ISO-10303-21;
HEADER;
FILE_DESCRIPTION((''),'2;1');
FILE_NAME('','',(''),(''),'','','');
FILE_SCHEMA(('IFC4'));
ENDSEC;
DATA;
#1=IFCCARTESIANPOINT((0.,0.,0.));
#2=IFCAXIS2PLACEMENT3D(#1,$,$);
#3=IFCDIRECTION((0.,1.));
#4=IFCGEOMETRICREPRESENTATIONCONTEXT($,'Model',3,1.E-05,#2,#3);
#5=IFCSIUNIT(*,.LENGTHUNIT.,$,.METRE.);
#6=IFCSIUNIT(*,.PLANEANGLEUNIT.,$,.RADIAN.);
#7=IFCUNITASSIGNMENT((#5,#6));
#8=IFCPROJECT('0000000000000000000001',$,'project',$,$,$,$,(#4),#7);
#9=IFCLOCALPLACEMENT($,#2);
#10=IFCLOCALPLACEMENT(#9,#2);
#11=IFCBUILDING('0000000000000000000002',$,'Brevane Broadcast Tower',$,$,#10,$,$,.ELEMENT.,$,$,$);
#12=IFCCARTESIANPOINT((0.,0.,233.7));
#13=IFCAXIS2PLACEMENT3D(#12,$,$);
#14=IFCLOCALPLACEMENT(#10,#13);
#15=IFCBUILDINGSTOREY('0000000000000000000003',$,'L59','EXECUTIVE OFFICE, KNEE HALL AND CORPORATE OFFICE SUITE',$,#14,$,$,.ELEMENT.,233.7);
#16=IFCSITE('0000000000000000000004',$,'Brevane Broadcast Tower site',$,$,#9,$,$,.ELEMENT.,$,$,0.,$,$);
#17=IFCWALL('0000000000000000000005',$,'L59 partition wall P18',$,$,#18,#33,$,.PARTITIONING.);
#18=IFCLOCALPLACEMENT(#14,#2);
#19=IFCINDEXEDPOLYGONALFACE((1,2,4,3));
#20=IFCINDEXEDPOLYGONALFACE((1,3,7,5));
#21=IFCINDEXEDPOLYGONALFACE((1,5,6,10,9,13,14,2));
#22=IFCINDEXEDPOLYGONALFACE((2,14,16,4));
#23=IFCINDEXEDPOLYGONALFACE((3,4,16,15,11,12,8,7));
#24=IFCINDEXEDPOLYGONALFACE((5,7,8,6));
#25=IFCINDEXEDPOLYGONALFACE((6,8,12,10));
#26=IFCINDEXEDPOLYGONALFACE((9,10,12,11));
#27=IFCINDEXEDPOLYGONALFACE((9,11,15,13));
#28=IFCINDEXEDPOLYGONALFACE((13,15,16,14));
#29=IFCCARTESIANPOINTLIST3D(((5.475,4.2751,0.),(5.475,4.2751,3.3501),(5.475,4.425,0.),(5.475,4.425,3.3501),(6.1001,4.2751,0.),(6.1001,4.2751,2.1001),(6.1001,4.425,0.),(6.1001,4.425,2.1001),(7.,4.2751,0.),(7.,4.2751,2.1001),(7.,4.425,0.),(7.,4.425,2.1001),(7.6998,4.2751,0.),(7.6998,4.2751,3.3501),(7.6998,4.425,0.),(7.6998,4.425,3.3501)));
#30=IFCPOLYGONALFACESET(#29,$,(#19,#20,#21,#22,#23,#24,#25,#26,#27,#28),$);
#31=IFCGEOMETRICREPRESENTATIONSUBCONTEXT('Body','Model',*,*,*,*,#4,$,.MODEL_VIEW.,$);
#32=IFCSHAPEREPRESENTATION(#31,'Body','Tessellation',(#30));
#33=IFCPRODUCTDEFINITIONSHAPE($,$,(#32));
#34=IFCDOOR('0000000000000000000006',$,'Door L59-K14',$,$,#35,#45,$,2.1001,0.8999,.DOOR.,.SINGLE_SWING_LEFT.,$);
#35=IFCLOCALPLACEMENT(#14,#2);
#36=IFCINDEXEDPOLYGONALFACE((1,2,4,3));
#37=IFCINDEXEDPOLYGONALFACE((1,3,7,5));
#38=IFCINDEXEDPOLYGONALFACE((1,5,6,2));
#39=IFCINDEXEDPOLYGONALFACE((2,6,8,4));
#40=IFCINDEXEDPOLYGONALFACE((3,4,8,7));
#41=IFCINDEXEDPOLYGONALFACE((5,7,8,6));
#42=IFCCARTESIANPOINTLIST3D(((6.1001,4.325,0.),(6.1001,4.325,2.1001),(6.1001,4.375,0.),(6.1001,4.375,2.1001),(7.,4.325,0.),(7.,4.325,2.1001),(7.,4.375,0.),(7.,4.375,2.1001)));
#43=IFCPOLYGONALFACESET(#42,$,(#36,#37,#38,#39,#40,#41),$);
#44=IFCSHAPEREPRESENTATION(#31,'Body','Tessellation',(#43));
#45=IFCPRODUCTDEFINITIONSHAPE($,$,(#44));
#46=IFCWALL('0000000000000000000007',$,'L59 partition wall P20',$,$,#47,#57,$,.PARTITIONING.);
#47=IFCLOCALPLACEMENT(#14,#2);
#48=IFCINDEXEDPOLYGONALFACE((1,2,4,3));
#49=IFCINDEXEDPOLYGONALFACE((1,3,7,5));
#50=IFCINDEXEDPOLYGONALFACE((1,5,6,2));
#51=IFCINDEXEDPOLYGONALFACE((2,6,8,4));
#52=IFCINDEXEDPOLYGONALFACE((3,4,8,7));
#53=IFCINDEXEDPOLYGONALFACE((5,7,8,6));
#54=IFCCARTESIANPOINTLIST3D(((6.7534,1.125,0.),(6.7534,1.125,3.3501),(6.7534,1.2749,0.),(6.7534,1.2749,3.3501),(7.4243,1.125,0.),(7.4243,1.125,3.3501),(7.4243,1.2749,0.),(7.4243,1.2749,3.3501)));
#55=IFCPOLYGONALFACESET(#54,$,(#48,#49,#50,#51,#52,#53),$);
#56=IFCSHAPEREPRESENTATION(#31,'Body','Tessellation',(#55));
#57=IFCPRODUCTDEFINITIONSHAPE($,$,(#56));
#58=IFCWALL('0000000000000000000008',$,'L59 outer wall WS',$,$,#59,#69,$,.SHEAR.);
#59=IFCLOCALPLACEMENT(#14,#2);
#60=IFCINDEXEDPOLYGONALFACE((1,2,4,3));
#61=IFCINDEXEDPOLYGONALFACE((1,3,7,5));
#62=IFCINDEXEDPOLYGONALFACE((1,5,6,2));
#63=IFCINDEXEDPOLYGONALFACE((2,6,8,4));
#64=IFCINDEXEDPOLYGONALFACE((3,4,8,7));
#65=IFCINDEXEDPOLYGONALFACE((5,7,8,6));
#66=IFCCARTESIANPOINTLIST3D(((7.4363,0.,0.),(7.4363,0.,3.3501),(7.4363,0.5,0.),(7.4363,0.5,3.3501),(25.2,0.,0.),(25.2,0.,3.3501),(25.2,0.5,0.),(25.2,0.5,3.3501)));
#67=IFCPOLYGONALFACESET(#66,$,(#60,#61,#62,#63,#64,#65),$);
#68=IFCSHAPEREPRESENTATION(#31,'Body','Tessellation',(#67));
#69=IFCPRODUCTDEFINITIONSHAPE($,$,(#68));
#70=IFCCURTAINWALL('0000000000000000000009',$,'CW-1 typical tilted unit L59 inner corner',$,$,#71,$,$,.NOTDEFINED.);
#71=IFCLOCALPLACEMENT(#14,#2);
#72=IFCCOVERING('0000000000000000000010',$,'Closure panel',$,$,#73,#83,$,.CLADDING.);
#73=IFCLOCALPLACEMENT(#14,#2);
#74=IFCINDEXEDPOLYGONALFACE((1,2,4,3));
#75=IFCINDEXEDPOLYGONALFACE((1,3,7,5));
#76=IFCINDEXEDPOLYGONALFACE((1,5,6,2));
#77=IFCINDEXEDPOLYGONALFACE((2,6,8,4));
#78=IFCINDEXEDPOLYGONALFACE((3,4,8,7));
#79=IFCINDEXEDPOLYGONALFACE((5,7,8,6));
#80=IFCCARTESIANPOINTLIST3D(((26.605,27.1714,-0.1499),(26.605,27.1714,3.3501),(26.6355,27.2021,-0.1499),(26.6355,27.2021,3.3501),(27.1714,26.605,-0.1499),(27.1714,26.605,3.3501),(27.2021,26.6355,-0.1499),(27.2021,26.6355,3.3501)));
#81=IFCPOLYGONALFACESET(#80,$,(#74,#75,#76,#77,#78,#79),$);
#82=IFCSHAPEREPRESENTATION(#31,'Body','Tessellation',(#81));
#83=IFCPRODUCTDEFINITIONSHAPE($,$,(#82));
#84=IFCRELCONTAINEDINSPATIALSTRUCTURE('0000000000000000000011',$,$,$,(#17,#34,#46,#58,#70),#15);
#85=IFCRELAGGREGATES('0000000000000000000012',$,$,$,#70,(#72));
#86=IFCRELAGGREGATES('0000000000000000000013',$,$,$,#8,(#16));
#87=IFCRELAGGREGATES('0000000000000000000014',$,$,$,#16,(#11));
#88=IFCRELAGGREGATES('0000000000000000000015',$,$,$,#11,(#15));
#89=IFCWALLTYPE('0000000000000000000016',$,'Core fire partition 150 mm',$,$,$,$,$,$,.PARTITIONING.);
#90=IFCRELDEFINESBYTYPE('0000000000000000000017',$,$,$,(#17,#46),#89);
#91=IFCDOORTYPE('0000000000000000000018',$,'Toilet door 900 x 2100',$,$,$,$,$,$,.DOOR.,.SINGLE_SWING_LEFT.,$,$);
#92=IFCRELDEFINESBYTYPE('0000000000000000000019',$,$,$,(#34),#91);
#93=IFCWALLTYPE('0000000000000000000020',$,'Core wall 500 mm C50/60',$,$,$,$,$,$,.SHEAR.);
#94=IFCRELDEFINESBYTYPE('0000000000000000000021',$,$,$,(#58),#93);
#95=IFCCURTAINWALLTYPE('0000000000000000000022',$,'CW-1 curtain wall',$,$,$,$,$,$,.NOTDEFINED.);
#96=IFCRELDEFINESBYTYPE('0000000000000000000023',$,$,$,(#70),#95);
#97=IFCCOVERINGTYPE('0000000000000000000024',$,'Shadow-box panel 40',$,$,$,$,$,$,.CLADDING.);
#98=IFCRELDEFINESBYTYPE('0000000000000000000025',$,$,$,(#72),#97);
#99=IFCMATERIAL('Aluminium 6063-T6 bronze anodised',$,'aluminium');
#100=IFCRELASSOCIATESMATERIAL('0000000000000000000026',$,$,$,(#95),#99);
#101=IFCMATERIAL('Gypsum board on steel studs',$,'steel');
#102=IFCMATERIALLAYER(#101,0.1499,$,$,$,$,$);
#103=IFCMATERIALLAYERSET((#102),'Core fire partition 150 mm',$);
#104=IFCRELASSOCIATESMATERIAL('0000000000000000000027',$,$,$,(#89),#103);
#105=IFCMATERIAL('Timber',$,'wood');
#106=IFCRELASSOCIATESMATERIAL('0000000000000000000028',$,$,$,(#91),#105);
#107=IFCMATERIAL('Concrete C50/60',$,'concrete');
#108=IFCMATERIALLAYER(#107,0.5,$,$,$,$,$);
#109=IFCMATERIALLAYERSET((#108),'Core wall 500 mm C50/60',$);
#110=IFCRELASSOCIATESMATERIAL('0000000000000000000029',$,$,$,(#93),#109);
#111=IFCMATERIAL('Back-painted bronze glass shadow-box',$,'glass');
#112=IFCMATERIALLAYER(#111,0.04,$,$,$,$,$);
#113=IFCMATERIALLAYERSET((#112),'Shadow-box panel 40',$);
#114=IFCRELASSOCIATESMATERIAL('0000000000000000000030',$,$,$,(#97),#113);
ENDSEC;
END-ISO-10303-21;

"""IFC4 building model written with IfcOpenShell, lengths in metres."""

from ifc_helpers import new_model, si_unit, direction, frame, frame_2d, origin, place, context, subcontext, project, spatial, polyline, rectangle, outline, extrude, material, layer, layer_set, type_object, element, fill, aggregate, save


model = new_model("IFC4")

# Units and contexts
model_context = context("Model", 3, precision=1e-05, world=origin(), true_north=direction((0.0, 1.0)))
body_context = subcontext(model_context, "Body", "Model", "MODEL_VIEW")
ifc_project = project(units=[si_unit("LENGTHUNIT", "METRE"), si_unit("PLANEANGLEUNIT", "RADIAN")], contexts=[model_context])

# Site, building, storey
site_placement = place(None, origin())
site = spatial("IfcSite", under=ifc_project, at=site_placement, Name="Brevane Broadcast Tower site", CompositionType="ELEMENT", RefElevation=0.0)
building_placement = place(site_placement, origin())
building = spatial("IfcBuilding", under=site, at=building_placement, Name="Brevane Broadcast Tower", CompositionType="ELEMENT")
storey_placement = place(building_placement, frame((0.0, 0.0, 233.7)))
storey = spatial("IfcBuildingStorey", under=building, at=storey_placement, Name="L59", Description="EXECUTIVE OFFICE, KNEE HALL AND CORPORATE OFFICE SUITE", CompositionType="ELEMENT", Elevation=233.7)

# Shared definitions
ifc_material_1 = material(Name="Aluminium 6063-T6 bronze anodised", Category="aluminium")
curtain_wall_type = type_object("IfcCurtainWallType", Name="CW-1 curtain wall", PredefinedType="NOTDEFINED", material=ifc_material_1)

# Shared definitions
ifc_material_2 = material(Name="Concrete C50/60", Category="concrete")

# Shared definitions
ifc_material_3 = material(Name="Gypsum board on steel studs", Category="steel")
ifc_layer_1 = layer(ifc_material_3, 0.1499)
ifc_layer_set_1 = layer_set([ifc_layer_1], Name="Core fire partition 150 mm")
wall_type_1 = type_object("IfcWallType", Name="Core fire partition 150 mm", PredefinedType="PARTITIONING", material=ifc_layer_set_1)

# Wall, opening, door
wall_1_placement = place(storey_placement, frame((5.4751, 4.3501, 0.0), z_axis=(0.0, 0.0, 1.0), x_axis=(1.0, 0.0, 0.0)))
wall_1 = element("IfcWall", 1, at=wall_1_placement, inside=storey, type_object=wall_type_1, Name="L59 partition wall P18", PredefinedType="PARTITIONING", context=body_context, shape_type="SweptSolid", body=[
    extrude(rectangle(XDim=2.2249, YDim=0.1499, at=frame_2d((1.1123, 0.0))), origin(), (0.0, 0.0, 1.0), 3.3501),
])
opening_placement = place(wall_1_placement, frame((0.625, 0.0, 0.0)))
opening = element("IfcOpeningElement", 2, at=opening_placement, cuts=wall_1, PredefinedType="OPENING", context=body_context, shape_type="SweptSolid", body=[
    extrude(rectangle(XDim=0.8999, YDim=2.1001, at=frame_2d((0.45, 1.05))), frame((0.0, 0.085, 0.0), z_axis=(0.0, -1.0, 0.0), x_axis=(1.0, 0.0, 0.0)), (0.0, 0.0, 1.0), 0.1699),
])
ifc_material_4 = material(Name="Timber", Category="wood")
door_type = type_object("IfcDoorType", Name="Toilet door 900 x 2100", OperationType="SINGLE_SWING_LEFT", PredefinedType="DOOR", material=ifc_material_4)
door_placement = place(opening_placement, origin())
door = element("IfcDoor", 3, at=door_placement, inside=storey, type_object=door_type, Name="Door L59-K14", OperationType="SINGLE_SWING_LEFT", OverallHeight=2.1001, OverallWidth=0.8999, PredefinedType="DOOR", context=body_context, shape_type="SweptSolid", body=[
    extrude(rectangle(XDim=0.8999, YDim=2.1001, at=frame_2d((0.45, 1.05))), frame((0.0, 0.0249, 0.0), z_axis=(0.0, -1.0, 0.0), x_axis=(1.0, 0.0, 0.0)), (0.0, 0.0, 1.0), 0.05),
])
fill(opening, door)

# Walls
wall_2_placement = place(storey_placement, frame((7.4243, 1.2, 0.0), z_axis=(0.0, 0.0, 1.0), x_axis=(-1.0, 0.0, 0.0)))
element("IfcWall", 4, at=wall_2_placement, inside=storey, type_object=wall_type_1, Name="L59 partition wall P20", PredefinedType="PARTITIONING", context=body_context, shape_type="SweptSolid", body=[
    extrude(rectangle(XDim=0.6709, YDim=0.1499, at=frame_2d((0.3354, 0.0))), origin(), (0.0, 0.0, 1.0), 3.3501),
])
ifc_layer_2 = layer(ifc_material_2, 0.5)
ifc_layer_set_2 = layer_set([ifc_layer_2], Name="Core wall 500 mm C50/60")
wall_type_2 = type_object("IfcWallType", Name="Core wall 500 mm C50/60", PredefinedType="SHEAR", material=ifc_layer_set_2)
wall_3_placement = place(storey_placement, frame((7.4363, 0.25, 0.0), z_axis=(0.0, 0.0, 1.0), x_axis=(1.0, 0.0, 0.0)))
element("IfcWall", 5, at=wall_3_placement, inside=storey, type_object=wall_type_2, Name="L59 outer wall WS", PredefinedType="SHEAR", context=body_context, shape_type="SweptSolid", body=[
    extrude(rectangle(XDim=17.7637, YDim=0.5, at=frame_2d((8.8818, 0.0))), origin(), (0.0, 0.0, 1.0), 3.3501),
])

# Curtain wall, covering
curtain_wall_1_placement = place(storey_placement, origin())
curtain_wall_1 = element("IfcCurtainWall", 6, at=curtain_wall_1_placement, inside=storey, type_object=curtain_wall_type, Name="CW-1 typical tilted unit L59 inner corner", PredefinedType="NOTDEFINED")
ifc_material_5 = material(Name="Back-painted bronze glass shadow-box", Category="glass")
ifc_layer_3 = layer(ifc_material_5, 0.04)
ifc_layer_set_3 = layer_set([ifc_layer_3], Name="Shadow-box panel 40")
covering_type = type_object("IfcCoveringType", Name="Shadow-box panel 40", PredefinedType="CLADDING", material=ifc_layer_set_3)
covering_placement = place(storey_placement, frame((0.0, 0.0, -0.1499)))
covering = element("IfcCovering", 7, at=covering_placement, type_object=covering_type, Name="Closure panel", PredefinedType="CLADDING", context=body_context, shape_type="SweptSolid", body=[
    extrude(outline(polyline([(27.1714, 26.605), (27.2021, 26.6355), (26.6355, 27.2021), (26.605, 27.1714), (27.1714, 26.605)])), origin(), (0.0, 0.0, 1.0), 3.5),
])
aggregate(curtain_wall_1, [covering])

save(model, "model.ifc")
